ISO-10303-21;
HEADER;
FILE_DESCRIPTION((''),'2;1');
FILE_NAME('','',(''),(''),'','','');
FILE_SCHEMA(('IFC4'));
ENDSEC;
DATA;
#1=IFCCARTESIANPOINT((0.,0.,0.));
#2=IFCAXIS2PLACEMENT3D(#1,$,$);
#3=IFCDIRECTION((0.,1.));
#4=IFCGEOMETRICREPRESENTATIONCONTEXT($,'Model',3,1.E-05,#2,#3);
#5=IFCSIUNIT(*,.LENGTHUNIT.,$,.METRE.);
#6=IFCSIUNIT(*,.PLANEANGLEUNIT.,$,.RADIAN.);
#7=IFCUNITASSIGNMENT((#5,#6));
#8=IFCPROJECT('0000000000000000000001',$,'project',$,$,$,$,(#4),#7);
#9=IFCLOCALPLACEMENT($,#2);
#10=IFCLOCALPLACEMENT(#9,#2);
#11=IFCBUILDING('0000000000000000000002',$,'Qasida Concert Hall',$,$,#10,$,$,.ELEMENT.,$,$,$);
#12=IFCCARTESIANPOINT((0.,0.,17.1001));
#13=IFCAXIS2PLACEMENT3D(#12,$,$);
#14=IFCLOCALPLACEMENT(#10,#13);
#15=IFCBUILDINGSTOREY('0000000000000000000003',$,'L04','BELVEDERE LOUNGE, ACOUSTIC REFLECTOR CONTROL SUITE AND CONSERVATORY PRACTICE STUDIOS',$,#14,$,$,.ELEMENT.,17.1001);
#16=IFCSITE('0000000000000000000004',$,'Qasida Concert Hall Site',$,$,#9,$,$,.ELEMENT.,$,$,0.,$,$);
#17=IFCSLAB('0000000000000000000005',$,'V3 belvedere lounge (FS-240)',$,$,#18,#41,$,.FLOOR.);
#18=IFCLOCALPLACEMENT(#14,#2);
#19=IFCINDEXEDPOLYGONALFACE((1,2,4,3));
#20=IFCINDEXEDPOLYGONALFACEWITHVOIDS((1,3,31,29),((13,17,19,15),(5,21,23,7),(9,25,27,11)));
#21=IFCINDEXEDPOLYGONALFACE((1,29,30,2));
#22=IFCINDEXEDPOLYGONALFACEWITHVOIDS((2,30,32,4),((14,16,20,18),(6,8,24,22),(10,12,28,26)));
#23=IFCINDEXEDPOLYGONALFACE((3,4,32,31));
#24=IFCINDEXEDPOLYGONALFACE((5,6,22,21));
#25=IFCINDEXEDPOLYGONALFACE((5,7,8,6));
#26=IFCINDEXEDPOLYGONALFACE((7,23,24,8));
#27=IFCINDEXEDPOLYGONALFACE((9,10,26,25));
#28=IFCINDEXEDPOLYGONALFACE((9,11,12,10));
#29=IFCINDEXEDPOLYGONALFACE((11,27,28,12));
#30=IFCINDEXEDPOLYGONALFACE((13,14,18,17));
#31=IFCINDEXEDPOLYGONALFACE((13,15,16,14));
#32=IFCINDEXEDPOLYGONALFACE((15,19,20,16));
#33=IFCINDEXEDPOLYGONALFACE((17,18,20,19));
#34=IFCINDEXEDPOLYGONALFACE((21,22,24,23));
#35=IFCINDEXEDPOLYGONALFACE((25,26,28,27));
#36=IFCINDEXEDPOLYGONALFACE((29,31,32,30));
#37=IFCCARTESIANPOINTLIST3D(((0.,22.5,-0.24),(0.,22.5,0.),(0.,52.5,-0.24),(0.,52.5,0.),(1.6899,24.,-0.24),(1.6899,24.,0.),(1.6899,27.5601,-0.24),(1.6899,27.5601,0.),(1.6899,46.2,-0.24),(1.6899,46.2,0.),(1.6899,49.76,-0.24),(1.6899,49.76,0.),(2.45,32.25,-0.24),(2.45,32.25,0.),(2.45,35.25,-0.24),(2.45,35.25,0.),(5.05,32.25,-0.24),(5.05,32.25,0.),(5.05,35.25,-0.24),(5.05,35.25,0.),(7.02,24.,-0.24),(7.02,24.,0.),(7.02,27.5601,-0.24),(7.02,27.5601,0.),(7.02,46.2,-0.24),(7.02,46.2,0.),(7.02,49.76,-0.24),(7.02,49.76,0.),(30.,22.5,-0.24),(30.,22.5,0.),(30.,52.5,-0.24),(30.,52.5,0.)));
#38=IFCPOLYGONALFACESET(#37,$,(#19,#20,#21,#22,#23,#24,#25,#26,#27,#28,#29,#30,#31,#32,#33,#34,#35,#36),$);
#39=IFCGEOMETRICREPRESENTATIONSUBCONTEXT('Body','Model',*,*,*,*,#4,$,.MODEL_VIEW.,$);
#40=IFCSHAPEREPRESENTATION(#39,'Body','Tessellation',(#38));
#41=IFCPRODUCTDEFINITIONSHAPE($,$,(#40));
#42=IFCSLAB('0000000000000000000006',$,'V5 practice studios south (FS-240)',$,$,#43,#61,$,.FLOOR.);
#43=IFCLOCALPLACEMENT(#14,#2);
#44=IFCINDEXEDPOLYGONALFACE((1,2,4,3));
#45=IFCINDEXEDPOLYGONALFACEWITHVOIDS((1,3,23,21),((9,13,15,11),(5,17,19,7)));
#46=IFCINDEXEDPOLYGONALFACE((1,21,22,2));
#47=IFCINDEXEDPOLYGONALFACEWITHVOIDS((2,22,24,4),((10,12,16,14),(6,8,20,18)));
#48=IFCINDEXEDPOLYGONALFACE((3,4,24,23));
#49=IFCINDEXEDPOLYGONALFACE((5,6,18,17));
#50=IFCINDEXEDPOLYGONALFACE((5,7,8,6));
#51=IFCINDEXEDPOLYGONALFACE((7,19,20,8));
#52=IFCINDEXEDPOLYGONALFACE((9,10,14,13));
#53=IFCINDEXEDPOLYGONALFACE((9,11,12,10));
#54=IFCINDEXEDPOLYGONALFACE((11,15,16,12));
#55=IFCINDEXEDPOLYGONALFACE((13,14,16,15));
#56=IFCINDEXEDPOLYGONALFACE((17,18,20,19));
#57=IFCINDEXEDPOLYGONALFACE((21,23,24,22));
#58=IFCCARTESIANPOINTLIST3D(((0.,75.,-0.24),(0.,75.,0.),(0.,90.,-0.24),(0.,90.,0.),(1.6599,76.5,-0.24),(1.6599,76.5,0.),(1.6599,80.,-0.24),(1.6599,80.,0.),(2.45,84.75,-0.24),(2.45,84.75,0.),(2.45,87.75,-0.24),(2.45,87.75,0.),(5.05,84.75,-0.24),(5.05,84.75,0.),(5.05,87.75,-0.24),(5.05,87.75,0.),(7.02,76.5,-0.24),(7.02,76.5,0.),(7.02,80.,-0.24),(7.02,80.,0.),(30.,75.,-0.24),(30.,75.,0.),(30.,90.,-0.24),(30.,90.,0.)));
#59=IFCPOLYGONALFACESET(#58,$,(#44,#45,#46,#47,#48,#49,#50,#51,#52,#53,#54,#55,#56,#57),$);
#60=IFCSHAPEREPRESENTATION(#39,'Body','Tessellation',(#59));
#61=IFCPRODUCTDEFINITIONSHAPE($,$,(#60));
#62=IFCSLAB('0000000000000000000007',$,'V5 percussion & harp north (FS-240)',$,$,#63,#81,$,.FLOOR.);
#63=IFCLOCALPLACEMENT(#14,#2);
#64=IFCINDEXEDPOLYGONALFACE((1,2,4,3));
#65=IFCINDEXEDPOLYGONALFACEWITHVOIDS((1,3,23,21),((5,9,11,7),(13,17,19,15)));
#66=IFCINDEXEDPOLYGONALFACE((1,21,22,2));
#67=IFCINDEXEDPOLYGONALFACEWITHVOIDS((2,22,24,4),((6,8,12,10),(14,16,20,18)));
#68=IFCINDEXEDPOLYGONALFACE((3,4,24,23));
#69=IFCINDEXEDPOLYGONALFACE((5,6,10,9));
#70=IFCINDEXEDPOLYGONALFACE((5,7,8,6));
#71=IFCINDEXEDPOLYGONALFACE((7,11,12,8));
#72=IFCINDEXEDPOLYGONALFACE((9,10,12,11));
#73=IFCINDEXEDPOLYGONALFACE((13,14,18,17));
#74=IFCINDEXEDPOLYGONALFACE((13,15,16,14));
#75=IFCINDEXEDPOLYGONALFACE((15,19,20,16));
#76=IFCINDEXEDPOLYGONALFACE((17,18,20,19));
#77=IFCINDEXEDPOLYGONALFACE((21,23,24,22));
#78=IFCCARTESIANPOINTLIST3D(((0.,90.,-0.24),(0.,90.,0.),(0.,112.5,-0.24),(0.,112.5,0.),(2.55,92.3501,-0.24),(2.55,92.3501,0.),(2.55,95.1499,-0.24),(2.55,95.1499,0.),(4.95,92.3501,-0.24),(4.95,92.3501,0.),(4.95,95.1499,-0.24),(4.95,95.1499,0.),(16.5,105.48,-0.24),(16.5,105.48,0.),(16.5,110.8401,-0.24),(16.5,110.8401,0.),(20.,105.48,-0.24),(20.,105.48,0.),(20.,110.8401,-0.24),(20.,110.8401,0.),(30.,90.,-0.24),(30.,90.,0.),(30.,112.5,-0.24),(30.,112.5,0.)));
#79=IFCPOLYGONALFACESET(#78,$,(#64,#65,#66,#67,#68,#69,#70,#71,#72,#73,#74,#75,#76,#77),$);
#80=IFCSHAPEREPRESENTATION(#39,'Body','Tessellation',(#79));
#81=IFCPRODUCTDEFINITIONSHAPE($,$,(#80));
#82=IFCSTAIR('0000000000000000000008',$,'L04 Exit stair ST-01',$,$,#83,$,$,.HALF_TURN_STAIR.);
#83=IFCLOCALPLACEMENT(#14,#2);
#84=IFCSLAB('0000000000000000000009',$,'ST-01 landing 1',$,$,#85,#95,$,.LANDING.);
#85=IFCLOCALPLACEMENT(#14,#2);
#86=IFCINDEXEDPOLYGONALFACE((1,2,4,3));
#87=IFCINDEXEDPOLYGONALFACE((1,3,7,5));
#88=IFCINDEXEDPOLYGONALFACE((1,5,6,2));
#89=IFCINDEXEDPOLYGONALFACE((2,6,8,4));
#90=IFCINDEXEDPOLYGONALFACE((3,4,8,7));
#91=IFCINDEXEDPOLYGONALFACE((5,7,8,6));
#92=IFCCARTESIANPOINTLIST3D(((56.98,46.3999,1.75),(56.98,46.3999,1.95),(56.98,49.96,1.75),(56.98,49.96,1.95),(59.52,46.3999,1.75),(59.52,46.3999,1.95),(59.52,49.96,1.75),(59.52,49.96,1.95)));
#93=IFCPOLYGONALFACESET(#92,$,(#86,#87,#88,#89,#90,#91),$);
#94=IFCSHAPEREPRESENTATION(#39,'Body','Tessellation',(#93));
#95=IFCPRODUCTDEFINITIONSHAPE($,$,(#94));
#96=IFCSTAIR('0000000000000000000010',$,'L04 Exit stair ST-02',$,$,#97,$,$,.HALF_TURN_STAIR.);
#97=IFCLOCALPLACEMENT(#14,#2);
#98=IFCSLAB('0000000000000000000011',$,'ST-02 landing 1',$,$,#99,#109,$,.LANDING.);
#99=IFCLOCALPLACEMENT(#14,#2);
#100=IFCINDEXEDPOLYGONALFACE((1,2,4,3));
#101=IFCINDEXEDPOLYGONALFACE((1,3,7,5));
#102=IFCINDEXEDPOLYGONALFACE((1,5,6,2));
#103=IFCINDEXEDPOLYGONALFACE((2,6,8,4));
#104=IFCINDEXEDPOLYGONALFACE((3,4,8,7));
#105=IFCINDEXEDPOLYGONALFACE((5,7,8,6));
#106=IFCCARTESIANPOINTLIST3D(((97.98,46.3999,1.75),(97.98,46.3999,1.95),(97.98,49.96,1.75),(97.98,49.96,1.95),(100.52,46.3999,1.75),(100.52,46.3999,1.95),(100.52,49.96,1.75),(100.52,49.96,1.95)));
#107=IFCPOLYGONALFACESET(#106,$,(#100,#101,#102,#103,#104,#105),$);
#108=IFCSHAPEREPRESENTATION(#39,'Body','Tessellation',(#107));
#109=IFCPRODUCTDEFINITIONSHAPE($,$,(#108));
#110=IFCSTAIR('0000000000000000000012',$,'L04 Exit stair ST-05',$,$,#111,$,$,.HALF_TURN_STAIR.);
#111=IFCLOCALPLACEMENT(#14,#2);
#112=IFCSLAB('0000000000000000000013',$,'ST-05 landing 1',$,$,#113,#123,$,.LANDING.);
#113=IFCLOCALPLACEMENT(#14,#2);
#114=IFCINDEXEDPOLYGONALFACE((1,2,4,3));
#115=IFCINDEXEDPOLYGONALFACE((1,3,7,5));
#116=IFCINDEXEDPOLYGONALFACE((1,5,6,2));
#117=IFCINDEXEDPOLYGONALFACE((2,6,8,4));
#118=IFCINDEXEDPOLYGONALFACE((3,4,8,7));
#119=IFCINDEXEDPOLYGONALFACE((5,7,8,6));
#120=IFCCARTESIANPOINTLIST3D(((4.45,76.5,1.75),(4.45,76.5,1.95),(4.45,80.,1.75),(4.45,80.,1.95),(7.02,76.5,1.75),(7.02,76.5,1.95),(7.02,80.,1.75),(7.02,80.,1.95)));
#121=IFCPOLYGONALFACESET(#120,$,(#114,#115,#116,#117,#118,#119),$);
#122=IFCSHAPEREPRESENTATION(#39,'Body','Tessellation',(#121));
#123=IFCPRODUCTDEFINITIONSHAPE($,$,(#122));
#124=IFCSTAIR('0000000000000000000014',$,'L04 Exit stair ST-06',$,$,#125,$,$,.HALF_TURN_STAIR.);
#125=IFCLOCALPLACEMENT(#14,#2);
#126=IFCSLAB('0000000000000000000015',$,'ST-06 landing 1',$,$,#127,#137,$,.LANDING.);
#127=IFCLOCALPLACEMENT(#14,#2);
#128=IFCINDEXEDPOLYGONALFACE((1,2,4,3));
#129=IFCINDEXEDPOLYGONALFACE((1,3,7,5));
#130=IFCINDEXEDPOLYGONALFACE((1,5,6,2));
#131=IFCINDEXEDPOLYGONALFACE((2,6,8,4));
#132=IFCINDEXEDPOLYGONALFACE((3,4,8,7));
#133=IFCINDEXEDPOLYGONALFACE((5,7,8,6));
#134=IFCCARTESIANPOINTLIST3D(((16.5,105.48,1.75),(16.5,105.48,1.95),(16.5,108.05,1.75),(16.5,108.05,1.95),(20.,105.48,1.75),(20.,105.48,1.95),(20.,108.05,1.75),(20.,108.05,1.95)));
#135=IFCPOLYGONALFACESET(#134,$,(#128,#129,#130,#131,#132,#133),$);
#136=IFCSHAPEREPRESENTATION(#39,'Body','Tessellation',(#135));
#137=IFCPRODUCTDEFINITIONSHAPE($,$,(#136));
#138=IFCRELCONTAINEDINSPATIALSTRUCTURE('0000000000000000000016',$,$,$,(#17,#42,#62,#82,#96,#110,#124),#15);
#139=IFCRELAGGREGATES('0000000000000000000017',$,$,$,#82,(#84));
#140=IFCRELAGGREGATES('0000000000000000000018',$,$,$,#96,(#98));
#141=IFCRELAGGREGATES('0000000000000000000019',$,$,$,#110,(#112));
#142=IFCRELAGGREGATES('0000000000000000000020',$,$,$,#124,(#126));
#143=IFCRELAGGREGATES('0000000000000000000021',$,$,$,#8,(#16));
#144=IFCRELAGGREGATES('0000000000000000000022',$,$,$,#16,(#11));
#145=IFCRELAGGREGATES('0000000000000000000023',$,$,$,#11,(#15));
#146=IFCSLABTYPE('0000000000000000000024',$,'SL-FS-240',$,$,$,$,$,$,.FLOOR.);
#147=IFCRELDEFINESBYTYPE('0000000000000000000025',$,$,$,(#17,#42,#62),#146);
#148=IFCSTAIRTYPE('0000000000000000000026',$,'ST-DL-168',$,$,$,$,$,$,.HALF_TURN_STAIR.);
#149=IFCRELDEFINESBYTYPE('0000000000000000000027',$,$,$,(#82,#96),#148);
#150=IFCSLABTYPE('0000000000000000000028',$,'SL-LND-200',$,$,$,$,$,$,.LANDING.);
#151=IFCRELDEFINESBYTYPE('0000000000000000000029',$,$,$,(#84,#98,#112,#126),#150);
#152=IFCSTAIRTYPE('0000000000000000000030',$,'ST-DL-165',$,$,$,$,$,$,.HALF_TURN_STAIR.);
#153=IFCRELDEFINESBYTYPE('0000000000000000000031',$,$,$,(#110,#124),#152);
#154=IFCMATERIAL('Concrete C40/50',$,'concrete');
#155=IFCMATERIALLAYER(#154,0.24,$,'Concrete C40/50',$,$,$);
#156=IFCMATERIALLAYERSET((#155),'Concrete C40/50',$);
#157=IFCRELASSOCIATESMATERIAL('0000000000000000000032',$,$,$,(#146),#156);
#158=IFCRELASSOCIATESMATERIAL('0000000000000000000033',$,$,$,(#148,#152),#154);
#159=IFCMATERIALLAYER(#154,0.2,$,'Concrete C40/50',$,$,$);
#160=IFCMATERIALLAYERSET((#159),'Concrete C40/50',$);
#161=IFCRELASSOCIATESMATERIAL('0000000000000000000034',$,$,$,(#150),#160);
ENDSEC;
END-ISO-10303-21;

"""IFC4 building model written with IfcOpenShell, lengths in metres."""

from ifc_helpers import new_model, si_unit, direction, frame, origin, place, context, subcontext, project, spatial, polyline, outline, extrude, material, layer, layer_set, type_object, element, aggregate, save


model = new_model("IFC4")

# Units and contexts
model_context = context("Model", 3, precision=1e-05, world=origin(), true_north=direction((0.0, 1.0)))
body_context = subcontext(model_context, "Body", "Model", "MODEL_VIEW")
ifc_project = project(units=[si_unit("LENGTHUNIT", "METRE"), si_unit("PLANEANGLEUNIT", "RADIAN")], contexts=[model_context])

# Site, building, storey
site_placement = place(None, origin())
site = spatial("IfcSite", under=ifc_project, at=site_placement, Name="Qasida Concert Hall Site", CompositionType="ELEMENT", RefElevation=0.0)
building_placement = place(site_placement, origin())
building = spatial("IfcBuilding", under=site, at=building_placement, Name="Qasida Concert Hall", CompositionType="ELEMENT")
storey_placement = place(building_placement, frame((0.0, 0.0, 17.1001)))
storey = spatial("IfcBuildingStorey", under=building, at=storey_placement, Name="L04", Description="BELVEDERE LOUNGE, ACOUSTIC REFLECTOR CONTROL SUITE AND CONSERVATORY PRACTICE STUDIOS", CompositionType="ELEMENT", Elevation=17.1001)

# Shared definitions
ifc_material_1 = material(Name="Concrete C40/50", Category="concrete")

# Slabs
ifc_layer_1 = layer(ifc_material_1, 0.24, Name="Concrete C40/50")
ifc_layer_set_1 = layer_set([ifc_layer_1], Name="Concrete C40/50")
slab_type_1 = type_object("IfcSlabType", Name="SL-FS-240", PredefinedType="FLOOR", material=ifc_layer_set_1)
slab_1_placement = place(storey_placement, frame((0.0, 0.0, -0.24)))
element("IfcSlab", 1, at=slab_1_placement, inside=storey, type_object=slab_type_1, Name="V3 belvedere lounge (FS-240)", PredefinedType="FLOOR", context=body_context, shape_type="SweptSolid", body=[
    extrude(outline(polyline([(0.0, 22.5), (30.0, 22.5), (30.0, 52.5), (0.0, 52.5), (0.0, 22.5)]), holes=[polyline([(1.6899, 24.0), (7.02, 24.0), (7.02, 27.5601), (1.6899, 27.5601), (1.6899, 24.0)]), polyline([(2.45, 32.25), (5.05, 32.25), (5.05, 35.25), (2.45, 35.25), (2.45, 32.25)]), polyline([(1.6899, 46.2), (7.02, 46.2), (7.02, 49.76), (1.6899, 49.76), (1.6899, 46.2)])]), origin(), (0.0, 0.0, 1.0), 0.24),
])
slab_2_placement = place(storey_placement, frame((0.0, 0.0, -0.24)))
element("IfcSlab", 2, at=slab_2_placement, inside=storey, type_object=slab_type_1, Name="V5 practice studios south (FS-240)", PredefinedType="FLOOR", context=body_context, shape_type="SweptSolid", body=[
    extrude(outline(polyline([(0.0, 75.0), (30.0, 75.0), (30.0, 90.0), (0.0, 90.0), (0.0, 75.0)]), holes=[polyline([(1.6599, 76.5), (7.02, 76.5), (7.02, 80.0), (1.6599, 80.0), (1.6599, 76.5)]), polyline([(2.45, 84.75), (5.05, 84.75), (5.05, 87.75), (2.45, 87.75), (2.45, 84.75)])]), origin(), (0.0, 0.0, 1.0), 0.24),
])
slab_3_placement = place(storey_placement, frame((0.0, 0.0, -0.24)))
element("IfcSlab", 3, at=slab_3_placement, inside=storey, type_object=slab_type_1, Name="V5 percussion & harp north (FS-240)", PredefinedType="FLOOR", context=body_context, shape_type="SweptSolid", body=[
    extrude(outline(polyline([(0.0, 90.0), (30.0, 90.0), (30.0, 112.5), (0.0, 112.5), (0.0, 90.0)]), holes=[polyline([(2.55, 92.3501), (4.95, 92.3501), (4.95, 95.1499), (2.55, 95.1499), (2.55, 92.3501)]), polyline([(16.5, 105.48), (20.0, 105.48), (20.0, 110.8401), (16.5, 110.8401), (16.5, 105.48)])]), origin(), (0.0, 0.0, 1.0), 0.24),
])

# Stairs, slabs
stair_type_1 = type_object("IfcStairType", Name="ST-DL-168", PredefinedType="HALF_TURN_STAIR", material=ifc_material_1)
stair_1_placement = place(storey_placement, origin())
stair_1 = element("IfcStair", 4, at=stair_1_placement, inside=storey, type_object=stair_type_1, Name="L04 Exit stair ST-01", PredefinedType="HALF_TURN_STAIR")
ifc_layer_2 = layer(ifc_material_1, 0.2, Name="Concrete C40/50")
ifc_layer_set_2 = layer_set([ifc_layer_2], Name="Concrete C40/50")
slab_type_2 = type_object("IfcSlabType", Name="SL-LND-200", PredefinedType="LANDING", material=ifc_layer_set_2)
slab_4_placement = place(storey_placement, frame((0.0, 0.0, 1.75)))
slab_4 = element("IfcSlab", 5, at=slab_4_placement, type_object=slab_type_2, Name="ST-01 landing 1", PredefinedType="LANDING", context=body_context, shape_type="SweptSolid", body=[
    extrude(outline(polyline([(56.98, 46.3999), (59.52, 46.3999), (59.52, 49.96), (56.98, 49.96), (56.98, 46.3999)])), origin(), (0.0, 0.0, 1.0), 0.2),
])
aggregate(stair_1, [slab_4])
stair_2_placement = place(storey_placement, origin())
stair_2 = element("IfcStair", 6, at=stair_2_placement, inside=storey, type_object=stair_type_1, Name="L04 Exit stair ST-02", PredefinedType="HALF_TURN_STAIR")
slab_5_placement = place(storey_placement, frame((0.0, 0.0, 1.75)))
slab_5 = element("IfcSlab", 7, at=slab_5_placement, type_object=slab_type_2, Name="ST-02 landing 1", PredefinedType="LANDING", context=body_context, shape_type="SweptSolid", body=[
    extrude(outline(polyline([(100.52, 49.96), (97.98, 49.96), (97.98, 46.3999), (100.52, 46.3999), (100.52, 49.96)])), origin(), (0.0, 0.0, 1.0), 0.2),
])
aggregate(stair_2, [slab_5])
stair_type_2 = type_object("IfcStairType", Name="ST-DL-165", PredefinedType="HALF_TURN_STAIR", material=ifc_material_1)
stair_3_placement = place(storey_placement, origin())
stair_3 = element("IfcStair", 8, at=stair_3_placement, inside=storey, type_object=stair_type_2, Name="L04 Exit stair ST-05", PredefinedType="HALF_TURN_STAIR")
slab_6_placement = place(storey_placement, frame((0.0, 0.0, 1.75)))
slab_6 = element("IfcSlab", 9, at=slab_6_placement, type_object=slab_type_2, Name="ST-05 landing 1", PredefinedType="LANDING", context=body_context, shape_type="SweptSolid", body=[
    extrude(outline(polyline([(4.45, 76.5), (7.02, 76.5), (7.02, 80.0), (4.45, 80.0), (4.45, 76.5)])), origin(), (0.0, 0.0, 1.0), 0.2),
])
aggregate(stair_3, [slab_6])
stair_4_placement = place(storey_placement, origin())
stair_4 = element("IfcStair", 10, at=stair_4_placement, inside=storey, type_object=stair_type_2, Name="L04 Exit stair ST-06", PredefinedType="HALF_TURN_STAIR")
slab_7_placement = place(storey_placement, frame((0.0, 0.0, 1.75)))
slab_7 = element("IfcSlab", 11, at=slab_7_placement, type_object=slab_type_2, Name="ST-06 landing 1", PredefinedType="LANDING", context=body_context, shape_type="SweptSolid", body=[
    extrude(outline(polyline([(16.5, 108.05), (16.5, 105.48), (20.0, 105.48), (20.0, 108.05), (16.5, 108.05)])), origin(), (0.0, 0.0, 1.0), 0.2),
])
aggregate(stair_4, [slab_7])

save(model, "model.ifc")
